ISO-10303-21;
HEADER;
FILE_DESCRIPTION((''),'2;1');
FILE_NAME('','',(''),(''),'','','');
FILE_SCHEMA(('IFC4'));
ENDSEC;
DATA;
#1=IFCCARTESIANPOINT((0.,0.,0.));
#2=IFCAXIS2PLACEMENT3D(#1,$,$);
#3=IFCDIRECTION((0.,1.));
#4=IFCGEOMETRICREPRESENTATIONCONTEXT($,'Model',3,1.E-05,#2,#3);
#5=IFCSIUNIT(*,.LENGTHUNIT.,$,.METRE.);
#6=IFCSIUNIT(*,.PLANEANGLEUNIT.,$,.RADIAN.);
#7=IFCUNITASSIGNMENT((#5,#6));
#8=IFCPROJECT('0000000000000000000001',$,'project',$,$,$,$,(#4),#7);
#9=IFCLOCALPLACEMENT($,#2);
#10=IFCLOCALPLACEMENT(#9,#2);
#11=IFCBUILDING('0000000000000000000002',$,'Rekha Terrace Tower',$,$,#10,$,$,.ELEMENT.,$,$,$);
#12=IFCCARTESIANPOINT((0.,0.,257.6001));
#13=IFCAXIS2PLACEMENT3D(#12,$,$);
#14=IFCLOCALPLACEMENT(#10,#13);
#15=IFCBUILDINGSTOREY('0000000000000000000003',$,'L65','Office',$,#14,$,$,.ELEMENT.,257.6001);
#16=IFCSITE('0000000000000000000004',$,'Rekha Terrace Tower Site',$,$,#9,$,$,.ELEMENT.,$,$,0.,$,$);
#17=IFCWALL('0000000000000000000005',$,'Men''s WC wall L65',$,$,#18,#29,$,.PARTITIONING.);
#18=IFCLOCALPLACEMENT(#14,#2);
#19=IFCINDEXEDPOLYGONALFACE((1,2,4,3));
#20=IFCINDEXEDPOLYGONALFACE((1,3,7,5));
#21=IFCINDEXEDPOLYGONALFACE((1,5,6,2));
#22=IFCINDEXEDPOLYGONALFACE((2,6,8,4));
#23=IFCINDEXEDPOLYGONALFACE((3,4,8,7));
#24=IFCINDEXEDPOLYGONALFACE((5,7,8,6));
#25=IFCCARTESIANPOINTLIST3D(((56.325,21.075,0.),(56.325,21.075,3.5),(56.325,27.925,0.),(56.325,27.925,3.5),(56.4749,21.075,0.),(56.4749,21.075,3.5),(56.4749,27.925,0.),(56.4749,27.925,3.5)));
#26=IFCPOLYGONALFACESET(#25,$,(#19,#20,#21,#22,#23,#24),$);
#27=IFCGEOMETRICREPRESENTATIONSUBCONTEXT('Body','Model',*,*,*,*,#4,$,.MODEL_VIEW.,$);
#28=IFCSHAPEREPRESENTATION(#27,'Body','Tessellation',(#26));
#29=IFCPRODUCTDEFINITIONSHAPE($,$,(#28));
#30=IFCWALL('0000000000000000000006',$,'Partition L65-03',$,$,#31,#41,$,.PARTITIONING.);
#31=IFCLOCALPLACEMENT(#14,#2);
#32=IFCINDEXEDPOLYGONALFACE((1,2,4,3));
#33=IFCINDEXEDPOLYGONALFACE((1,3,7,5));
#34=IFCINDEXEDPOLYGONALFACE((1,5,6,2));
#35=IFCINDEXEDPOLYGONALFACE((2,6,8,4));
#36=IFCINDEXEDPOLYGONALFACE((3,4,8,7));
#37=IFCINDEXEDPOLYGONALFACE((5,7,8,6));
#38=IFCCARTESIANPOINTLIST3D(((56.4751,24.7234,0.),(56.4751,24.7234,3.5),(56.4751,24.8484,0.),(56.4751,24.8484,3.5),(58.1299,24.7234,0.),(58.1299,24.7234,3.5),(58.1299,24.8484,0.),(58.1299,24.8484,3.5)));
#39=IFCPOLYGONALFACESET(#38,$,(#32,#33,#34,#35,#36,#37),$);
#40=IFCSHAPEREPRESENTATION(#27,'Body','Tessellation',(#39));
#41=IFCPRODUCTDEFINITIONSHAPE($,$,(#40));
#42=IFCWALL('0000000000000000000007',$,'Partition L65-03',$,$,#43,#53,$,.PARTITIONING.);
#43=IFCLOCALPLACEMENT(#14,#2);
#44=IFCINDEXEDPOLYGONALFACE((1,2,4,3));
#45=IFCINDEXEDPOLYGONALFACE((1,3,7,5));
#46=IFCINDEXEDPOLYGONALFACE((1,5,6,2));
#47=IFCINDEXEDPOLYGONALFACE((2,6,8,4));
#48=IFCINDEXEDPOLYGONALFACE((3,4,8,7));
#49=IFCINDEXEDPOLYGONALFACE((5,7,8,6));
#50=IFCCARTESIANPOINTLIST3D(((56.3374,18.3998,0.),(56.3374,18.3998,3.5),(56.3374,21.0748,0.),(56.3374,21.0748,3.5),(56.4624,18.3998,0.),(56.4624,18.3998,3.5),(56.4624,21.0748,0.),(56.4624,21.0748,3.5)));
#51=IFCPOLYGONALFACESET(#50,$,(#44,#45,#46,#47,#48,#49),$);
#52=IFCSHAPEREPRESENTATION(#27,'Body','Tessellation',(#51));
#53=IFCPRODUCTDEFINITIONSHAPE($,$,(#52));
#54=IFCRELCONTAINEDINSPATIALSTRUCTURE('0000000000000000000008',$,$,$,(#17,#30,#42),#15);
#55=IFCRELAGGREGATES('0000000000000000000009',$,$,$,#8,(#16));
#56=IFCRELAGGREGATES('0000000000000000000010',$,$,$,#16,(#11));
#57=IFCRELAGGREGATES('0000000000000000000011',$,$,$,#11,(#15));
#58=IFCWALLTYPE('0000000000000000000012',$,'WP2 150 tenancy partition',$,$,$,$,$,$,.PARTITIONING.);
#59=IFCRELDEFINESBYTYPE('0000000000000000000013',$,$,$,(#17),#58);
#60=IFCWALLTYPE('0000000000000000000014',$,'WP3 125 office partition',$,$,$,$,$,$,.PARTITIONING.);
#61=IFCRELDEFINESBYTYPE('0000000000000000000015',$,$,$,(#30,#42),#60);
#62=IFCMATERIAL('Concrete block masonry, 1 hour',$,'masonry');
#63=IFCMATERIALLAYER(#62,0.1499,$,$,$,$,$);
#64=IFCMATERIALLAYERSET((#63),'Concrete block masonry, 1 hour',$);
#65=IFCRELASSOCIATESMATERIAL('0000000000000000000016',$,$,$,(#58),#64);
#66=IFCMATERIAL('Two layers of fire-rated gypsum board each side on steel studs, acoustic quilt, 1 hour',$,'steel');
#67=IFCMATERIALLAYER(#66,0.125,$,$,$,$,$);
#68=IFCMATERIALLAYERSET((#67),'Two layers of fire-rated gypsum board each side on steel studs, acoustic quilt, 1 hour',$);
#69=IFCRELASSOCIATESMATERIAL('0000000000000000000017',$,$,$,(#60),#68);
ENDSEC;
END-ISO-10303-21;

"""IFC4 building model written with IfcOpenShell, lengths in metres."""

from ifc_helpers import new_model, si_unit, direction, frame, frame_2d, origin, place, context, subcontext, project, spatial, rectangle, extrude, material, layer, layer_set, type_object, element, save


model = new_model("IFC4")

# Units and contexts
model_context = context("Model", 3, precision=1e-05, world=origin(), true_north=direction((0.0, 1.0)))
body_context = subcontext(model_context, "Body", "Model", "MODEL_VIEW")
ifc_project = project(units=[si_unit("LENGTHUNIT", "METRE"), si_unit("PLANEANGLEUNIT", "RADIAN")], contexts=[model_context])

# Site, building, storey
site_placement = place(None, origin())
site = spatial("IfcSite", under=ifc_project, at=site_placement, Name="Rekha Terrace Tower Site", CompositionType="ELEMENT", RefElevation=0.0)
building_placement = place(site_placement, origin())
building = spatial("IfcBuilding", under=site, at=building_placement, Name="Rekha Terrace Tower", CompositionType="ELEMENT")
storey_placement = place(building_placement, frame((0.0, 0.0, 257.6001)))
storey = spatial("IfcBuildingStorey", under=building, at=storey_placement, Name="L65", Description="Office", CompositionType="ELEMENT", Elevation=257.6001)

# Shared definitions
ifc_material_1 = material(Name="Concrete block masonry, 1 hour", Category="masonry")
ifc_layer_1 = layer(ifc_material_1, 0.1499)
ifc_layer_set_1 = layer_set([ifc_layer_1], Name="Concrete block masonry, 1 hour")
wall_type_1 = type_object("IfcWallType", Name="WP2 150 tenancy partition", PredefinedType="PARTITIONING", material=ifc_layer_set_1)

# Walls
wall_1_placement = place(storey_placement, frame((56.3999, 21.075, 0.0), z_axis=(0.0, 0.0, 1.0), x_axis=(0.0, 1.0, 0.0)))
element("IfcWall", 1, at=wall_1_placement, inside=storey, type_object=wall_type_1, Name="Men's WC wall L65", PredefinedType="PARTITIONING", context=body_context, shape_type="SweptSolid", body=[
    extrude(rectangle(XDim=6.8501, YDim=0.1499, at=frame_2d((3.425, 0.0))), origin(), (0.0, 0.0, 1.0), 3.5),
])
ifc_material_2 = material(Name="Two layers of fire-rated gypsum board each side on steel studs, acoustic quilt, 1 hour", Category="steel")
ifc_layer_2 = layer(ifc_material_2, 0.125)
ifc_layer_set_2 = layer_set([ifc_layer_2], Name="Two layers of fire-rated gypsum board each side on steel studs, acoustic quilt, 1 hour")
wall_type_2 = type_object("IfcWallType", Name="WP3 125 office partition", PredefinedType="PARTITIONING", material=ifc_layer_set_2)
wall_2_placement = place(storey_placement, frame((56.4751, 24.7859, 0.0), z_axis=(0.0, 0.0, 1.0), x_axis=(1.0, 0.0, 0.0)))
element("IfcWall", 2, at=wall_2_placement, inside=storey, type_object=wall_type_2, Name="Partition L65-03", PredefinedType="PARTITIONING", context=body_context, shape_type="SweptSolid", body=[
    extrude(rectangle(XDim=1.6548, YDim=0.125, at=frame_2d((0.8274, 0.0))), origin(), (0.0, 0.0, 1.0), 3.5),
])
wall_3_placement = place(storey_placement, frame((56.3999, 18.3999, 0.0), z_axis=(0.0, 0.0, 1.0), x_axis=(0.0, 1.0, 0.0)))
element("IfcWall", 3, at=wall_3_placement, inside=storey, type_object=wall_type_2, Name="Partition L65-03", PredefinedType="PARTITIONING", context=body_context, shape_type="SweptSolid", body=[
    extrude(rectangle(XDim=2.675, YDim=0.125, at=frame_2d((1.3374, 0.0))), origin(), (0.0, 0.0, 1.0), 3.5),
])

save(model, "model.ifc")
